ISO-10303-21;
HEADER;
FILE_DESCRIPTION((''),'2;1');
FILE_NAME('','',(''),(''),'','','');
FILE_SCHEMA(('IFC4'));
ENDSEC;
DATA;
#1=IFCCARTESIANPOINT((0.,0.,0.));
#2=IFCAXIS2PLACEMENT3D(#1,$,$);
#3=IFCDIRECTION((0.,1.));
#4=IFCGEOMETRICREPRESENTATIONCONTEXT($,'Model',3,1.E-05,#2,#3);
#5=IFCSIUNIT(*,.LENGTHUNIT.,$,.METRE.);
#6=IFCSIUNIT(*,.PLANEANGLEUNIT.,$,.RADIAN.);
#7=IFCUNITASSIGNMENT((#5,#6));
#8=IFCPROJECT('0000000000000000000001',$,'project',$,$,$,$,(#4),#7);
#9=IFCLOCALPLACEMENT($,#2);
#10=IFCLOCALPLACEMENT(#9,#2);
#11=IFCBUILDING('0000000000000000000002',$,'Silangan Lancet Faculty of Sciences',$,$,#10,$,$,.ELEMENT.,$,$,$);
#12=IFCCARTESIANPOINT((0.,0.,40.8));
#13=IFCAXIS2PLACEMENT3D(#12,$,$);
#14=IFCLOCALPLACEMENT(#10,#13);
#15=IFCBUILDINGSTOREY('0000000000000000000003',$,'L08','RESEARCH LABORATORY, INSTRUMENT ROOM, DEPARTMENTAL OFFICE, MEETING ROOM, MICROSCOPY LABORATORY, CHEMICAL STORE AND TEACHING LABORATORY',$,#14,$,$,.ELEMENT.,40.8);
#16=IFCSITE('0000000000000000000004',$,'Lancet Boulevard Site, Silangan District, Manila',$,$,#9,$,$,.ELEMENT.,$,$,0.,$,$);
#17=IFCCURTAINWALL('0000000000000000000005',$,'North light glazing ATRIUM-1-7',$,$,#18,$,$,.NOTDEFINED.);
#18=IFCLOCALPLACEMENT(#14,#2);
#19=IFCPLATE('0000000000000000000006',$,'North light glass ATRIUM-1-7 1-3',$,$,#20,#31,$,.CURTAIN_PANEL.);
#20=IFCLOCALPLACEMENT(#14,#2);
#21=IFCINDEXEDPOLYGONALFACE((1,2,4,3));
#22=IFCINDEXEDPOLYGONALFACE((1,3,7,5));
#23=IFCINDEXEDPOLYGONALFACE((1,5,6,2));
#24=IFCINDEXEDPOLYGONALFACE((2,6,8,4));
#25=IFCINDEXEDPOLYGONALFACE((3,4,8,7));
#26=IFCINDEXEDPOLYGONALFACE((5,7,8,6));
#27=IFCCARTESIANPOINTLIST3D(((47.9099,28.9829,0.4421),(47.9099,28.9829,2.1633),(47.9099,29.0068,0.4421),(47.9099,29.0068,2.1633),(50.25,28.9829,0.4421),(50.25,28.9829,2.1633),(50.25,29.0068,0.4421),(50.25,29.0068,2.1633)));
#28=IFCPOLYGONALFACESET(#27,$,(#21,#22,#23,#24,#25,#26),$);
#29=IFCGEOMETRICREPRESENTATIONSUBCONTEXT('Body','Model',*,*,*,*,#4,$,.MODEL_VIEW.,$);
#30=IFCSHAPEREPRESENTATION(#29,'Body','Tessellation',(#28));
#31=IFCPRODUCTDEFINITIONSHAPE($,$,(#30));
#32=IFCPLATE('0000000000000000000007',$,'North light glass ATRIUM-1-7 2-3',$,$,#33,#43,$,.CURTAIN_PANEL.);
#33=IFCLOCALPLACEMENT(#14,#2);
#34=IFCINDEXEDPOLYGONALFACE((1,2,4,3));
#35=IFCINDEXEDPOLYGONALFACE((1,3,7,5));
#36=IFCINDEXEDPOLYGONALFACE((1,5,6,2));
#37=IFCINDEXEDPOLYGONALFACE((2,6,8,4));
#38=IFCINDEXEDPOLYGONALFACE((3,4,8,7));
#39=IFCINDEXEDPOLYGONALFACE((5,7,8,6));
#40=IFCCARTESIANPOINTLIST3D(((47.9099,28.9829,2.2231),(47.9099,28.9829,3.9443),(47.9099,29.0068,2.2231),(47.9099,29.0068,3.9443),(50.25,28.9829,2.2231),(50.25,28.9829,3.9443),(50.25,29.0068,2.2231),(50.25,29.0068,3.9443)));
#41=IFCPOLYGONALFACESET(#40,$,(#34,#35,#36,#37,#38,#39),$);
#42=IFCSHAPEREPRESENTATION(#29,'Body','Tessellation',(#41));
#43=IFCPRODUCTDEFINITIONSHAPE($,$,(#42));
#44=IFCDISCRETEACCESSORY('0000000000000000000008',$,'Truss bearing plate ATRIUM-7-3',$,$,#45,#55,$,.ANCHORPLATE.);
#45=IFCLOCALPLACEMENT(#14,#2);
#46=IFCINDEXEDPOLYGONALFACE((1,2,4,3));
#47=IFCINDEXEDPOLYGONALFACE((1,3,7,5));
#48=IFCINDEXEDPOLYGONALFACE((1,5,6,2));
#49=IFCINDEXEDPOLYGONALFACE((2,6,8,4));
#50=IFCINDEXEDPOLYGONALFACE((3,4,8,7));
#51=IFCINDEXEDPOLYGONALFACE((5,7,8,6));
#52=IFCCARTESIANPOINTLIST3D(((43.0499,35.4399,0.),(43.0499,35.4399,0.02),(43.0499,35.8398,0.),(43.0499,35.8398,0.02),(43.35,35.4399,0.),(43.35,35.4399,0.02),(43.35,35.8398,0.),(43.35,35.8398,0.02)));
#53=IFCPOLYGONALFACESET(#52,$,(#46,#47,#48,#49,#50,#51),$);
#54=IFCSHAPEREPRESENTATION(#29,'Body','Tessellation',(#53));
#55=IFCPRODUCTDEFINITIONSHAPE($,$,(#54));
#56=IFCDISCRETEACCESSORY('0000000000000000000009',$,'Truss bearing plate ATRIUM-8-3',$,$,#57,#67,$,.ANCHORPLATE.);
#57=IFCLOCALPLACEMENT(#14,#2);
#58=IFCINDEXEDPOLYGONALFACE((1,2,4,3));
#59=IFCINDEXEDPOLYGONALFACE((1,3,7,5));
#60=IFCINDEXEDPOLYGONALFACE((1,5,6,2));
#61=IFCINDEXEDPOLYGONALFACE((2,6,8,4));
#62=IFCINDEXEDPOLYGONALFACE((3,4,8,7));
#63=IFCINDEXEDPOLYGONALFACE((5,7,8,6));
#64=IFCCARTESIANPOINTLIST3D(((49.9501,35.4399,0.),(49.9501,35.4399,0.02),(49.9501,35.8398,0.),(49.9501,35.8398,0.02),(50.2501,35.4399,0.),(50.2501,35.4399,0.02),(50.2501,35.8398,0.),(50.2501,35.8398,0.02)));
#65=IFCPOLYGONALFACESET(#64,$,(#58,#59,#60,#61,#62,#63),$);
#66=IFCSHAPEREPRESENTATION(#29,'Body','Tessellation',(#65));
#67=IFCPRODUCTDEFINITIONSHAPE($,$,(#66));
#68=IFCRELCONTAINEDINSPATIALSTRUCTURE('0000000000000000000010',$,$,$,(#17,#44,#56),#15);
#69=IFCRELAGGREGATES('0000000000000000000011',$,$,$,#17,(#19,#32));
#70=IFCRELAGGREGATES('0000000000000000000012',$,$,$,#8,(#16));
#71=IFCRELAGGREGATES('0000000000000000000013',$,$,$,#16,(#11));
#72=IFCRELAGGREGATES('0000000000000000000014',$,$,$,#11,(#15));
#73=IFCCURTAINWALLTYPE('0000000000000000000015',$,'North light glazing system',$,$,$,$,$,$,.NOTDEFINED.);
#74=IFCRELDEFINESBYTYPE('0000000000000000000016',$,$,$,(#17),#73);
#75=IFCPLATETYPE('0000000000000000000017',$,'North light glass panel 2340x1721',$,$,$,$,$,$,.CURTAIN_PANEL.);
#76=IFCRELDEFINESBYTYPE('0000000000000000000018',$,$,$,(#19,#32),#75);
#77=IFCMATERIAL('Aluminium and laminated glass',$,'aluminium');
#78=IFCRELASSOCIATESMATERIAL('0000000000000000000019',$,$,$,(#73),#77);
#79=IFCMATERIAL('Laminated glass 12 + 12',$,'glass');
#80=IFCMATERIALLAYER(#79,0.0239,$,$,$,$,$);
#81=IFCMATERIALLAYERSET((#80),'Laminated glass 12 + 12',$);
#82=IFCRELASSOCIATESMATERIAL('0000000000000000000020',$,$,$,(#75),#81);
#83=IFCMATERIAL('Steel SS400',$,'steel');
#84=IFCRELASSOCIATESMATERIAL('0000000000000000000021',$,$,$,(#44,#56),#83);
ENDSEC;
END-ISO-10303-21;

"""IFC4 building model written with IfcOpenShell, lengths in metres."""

from ifc_helpers import new_model, si_unit, direction, frame, origin, origin_2d, place, context, subcontext, project, spatial, polyline, rectangle, outline, extrude, material, layer, layer_set, type_object, element, aggregate, save


model = new_model("IFC4")

# Units and contexts
model_context = context("Model", 3, precision=1e-05, world=origin(), true_north=direction((0.0, 1.0)))
body_context = subcontext(model_context, "Body", "Model", "MODEL_VIEW")
ifc_project = project(units=[si_unit("LENGTHUNIT", "METRE"), si_unit("PLANEANGLEUNIT", "RADIAN")], contexts=[model_context])

# Site, building, storey
site_placement = place(None, origin())
site = spatial("IfcSite", under=ifc_project, at=site_placement, Name="Lancet Boulevard Site, Silangan District, Manila", CompositionType="ELEMENT", RefElevation=0.0)
building_placement = place(site_placement, origin())
building = spatial("IfcBuilding", under=site, at=building_placement, Name="Silangan Lancet Faculty of Sciences", CompositionType="ELEMENT")
storey_placement = place(building_placement, frame((0.0, 0.0, 40.8)))
storey = spatial("IfcBuildingStorey", under=building, at=storey_placement, Name="L08", Description="RESEARCH LABORATORY, INSTRUMENT ROOM, DEPARTMENTAL OFFICE, MEETING ROOM, MICROSCOPY LABORATORY, CHEMICAL STORE AND TEACHING LABORATORY", CompositionType="ELEMENT", Elevation=40.8)

# Curtain wall
ifc_material_1 = material(Name="Aluminium and laminated glass", Category="aluminium")
curtain_wall_type = type_object("IfcCurtainWallType", Name="North light glazing system", PredefinedType="NOTDEFINED", material=ifc_material_1)
curtain_wall_placement = place(storey_placement, origin())
curtain_wall = element("IfcCurtainWall", 1, at=curtain_wall_placement, inside=storey, type_object=curtain_wall_type, Name="North light glazing ATRIUM-1-7", PredefinedType="NOTDEFINED")

# Plates
ifc_material_2 = material(Name="Laminated glass 12 + 12", Category="glass")
ifc_layer_1 = layer(ifc_material_2, 0.0239)
ifc_layer_set_1 = layer_set([ifc_layer_1], Name="Laminated glass 12 + 12")
plate_type_1 = type_object("IfcPlateType", Name="North light glass panel 2340x1721", PredefinedType="CURTAIN_PANEL", material=ifc_layer_set_1)
plate_1_placement = place(storey_placement, frame((47.9099, 28.9829, 0.4421), z_axis=(0.0, -1.0, 0.0), x_axis=(1.0, 0.0, 0.0)))
plate_1 = element("IfcPlate", 2, at=plate_1_placement, type_object=plate_type_1, Name="North light glass ATRIUM-1-7 1-3", PredefinedType="CURTAIN_PANEL", context=body_context, shape_type="SweptSolid", body=[
    extrude(outline(polyline([(0.0, 0.0), (2.3401, 0.0), (2.3401, 1.7212), (0.0, 1.7212), (0.0, 0.0)])), origin(), (0.0, 0.0, -1.0), 0.0239),
])
plate_2_placement = place(storey_placement, frame((47.9099, 28.9829, 2.2231), z_axis=(0.0, -1.0, 0.0), x_axis=(1.0, 0.0, 0.0)))
plate_2 = element("IfcPlate", 3, at=plate_2_placement, type_object=plate_type_1, Name="North light glass ATRIUM-1-7 2-3", PredefinedType="CURTAIN_PANEL", context=body_context, shape_type="SweptSolid", body=[
    extrude(outline(polyline([(0.0, 0.0), (2.3401, 0.0), (2.3401, 1.7212), (0.0, 1.7212), (0.0, 0.0)])), origin(), (0.0, 0.0, -1.0), 0.0239),
])
aggregate(curtain_wall, [plate_1, plate_2])

# Discrete accessories
ifc_material_3 = material(Name="Steel SS400", Category="steel")
for number, where, z_axis, x_axis, name in (
    (4, (43.2, 35.6399, 0.0), (0.0, 0.0, 1.0), (1.0, 0.0, 0.0), "Truss bearing plate ATRIUM-7-3"),
    (5, (50.1001, 35.6399, 0.0), (0.0, 0.0, 1.0), (1.0, 0.0, 0.0), "Truss bearing plate ATRIUM-8-3"),
):
    element("IfcDiscreteAccessory", number, at=place(storey_placement, frame(where, z_axis=z_axis, x_axis=x_axis)), inside=storey, material=ifc_material_3, Name=name, PredefinedType="ANCHORPLATE", context=body_context, shape_type="SweptSolid", body=[
        extrude(rectangle(XDim=0.3, YDim=0.3999, at=origin_2d()), origin(), (0.0, 0.0, 1.0), 0.02),
    ])

save(model, "model.ifc")
